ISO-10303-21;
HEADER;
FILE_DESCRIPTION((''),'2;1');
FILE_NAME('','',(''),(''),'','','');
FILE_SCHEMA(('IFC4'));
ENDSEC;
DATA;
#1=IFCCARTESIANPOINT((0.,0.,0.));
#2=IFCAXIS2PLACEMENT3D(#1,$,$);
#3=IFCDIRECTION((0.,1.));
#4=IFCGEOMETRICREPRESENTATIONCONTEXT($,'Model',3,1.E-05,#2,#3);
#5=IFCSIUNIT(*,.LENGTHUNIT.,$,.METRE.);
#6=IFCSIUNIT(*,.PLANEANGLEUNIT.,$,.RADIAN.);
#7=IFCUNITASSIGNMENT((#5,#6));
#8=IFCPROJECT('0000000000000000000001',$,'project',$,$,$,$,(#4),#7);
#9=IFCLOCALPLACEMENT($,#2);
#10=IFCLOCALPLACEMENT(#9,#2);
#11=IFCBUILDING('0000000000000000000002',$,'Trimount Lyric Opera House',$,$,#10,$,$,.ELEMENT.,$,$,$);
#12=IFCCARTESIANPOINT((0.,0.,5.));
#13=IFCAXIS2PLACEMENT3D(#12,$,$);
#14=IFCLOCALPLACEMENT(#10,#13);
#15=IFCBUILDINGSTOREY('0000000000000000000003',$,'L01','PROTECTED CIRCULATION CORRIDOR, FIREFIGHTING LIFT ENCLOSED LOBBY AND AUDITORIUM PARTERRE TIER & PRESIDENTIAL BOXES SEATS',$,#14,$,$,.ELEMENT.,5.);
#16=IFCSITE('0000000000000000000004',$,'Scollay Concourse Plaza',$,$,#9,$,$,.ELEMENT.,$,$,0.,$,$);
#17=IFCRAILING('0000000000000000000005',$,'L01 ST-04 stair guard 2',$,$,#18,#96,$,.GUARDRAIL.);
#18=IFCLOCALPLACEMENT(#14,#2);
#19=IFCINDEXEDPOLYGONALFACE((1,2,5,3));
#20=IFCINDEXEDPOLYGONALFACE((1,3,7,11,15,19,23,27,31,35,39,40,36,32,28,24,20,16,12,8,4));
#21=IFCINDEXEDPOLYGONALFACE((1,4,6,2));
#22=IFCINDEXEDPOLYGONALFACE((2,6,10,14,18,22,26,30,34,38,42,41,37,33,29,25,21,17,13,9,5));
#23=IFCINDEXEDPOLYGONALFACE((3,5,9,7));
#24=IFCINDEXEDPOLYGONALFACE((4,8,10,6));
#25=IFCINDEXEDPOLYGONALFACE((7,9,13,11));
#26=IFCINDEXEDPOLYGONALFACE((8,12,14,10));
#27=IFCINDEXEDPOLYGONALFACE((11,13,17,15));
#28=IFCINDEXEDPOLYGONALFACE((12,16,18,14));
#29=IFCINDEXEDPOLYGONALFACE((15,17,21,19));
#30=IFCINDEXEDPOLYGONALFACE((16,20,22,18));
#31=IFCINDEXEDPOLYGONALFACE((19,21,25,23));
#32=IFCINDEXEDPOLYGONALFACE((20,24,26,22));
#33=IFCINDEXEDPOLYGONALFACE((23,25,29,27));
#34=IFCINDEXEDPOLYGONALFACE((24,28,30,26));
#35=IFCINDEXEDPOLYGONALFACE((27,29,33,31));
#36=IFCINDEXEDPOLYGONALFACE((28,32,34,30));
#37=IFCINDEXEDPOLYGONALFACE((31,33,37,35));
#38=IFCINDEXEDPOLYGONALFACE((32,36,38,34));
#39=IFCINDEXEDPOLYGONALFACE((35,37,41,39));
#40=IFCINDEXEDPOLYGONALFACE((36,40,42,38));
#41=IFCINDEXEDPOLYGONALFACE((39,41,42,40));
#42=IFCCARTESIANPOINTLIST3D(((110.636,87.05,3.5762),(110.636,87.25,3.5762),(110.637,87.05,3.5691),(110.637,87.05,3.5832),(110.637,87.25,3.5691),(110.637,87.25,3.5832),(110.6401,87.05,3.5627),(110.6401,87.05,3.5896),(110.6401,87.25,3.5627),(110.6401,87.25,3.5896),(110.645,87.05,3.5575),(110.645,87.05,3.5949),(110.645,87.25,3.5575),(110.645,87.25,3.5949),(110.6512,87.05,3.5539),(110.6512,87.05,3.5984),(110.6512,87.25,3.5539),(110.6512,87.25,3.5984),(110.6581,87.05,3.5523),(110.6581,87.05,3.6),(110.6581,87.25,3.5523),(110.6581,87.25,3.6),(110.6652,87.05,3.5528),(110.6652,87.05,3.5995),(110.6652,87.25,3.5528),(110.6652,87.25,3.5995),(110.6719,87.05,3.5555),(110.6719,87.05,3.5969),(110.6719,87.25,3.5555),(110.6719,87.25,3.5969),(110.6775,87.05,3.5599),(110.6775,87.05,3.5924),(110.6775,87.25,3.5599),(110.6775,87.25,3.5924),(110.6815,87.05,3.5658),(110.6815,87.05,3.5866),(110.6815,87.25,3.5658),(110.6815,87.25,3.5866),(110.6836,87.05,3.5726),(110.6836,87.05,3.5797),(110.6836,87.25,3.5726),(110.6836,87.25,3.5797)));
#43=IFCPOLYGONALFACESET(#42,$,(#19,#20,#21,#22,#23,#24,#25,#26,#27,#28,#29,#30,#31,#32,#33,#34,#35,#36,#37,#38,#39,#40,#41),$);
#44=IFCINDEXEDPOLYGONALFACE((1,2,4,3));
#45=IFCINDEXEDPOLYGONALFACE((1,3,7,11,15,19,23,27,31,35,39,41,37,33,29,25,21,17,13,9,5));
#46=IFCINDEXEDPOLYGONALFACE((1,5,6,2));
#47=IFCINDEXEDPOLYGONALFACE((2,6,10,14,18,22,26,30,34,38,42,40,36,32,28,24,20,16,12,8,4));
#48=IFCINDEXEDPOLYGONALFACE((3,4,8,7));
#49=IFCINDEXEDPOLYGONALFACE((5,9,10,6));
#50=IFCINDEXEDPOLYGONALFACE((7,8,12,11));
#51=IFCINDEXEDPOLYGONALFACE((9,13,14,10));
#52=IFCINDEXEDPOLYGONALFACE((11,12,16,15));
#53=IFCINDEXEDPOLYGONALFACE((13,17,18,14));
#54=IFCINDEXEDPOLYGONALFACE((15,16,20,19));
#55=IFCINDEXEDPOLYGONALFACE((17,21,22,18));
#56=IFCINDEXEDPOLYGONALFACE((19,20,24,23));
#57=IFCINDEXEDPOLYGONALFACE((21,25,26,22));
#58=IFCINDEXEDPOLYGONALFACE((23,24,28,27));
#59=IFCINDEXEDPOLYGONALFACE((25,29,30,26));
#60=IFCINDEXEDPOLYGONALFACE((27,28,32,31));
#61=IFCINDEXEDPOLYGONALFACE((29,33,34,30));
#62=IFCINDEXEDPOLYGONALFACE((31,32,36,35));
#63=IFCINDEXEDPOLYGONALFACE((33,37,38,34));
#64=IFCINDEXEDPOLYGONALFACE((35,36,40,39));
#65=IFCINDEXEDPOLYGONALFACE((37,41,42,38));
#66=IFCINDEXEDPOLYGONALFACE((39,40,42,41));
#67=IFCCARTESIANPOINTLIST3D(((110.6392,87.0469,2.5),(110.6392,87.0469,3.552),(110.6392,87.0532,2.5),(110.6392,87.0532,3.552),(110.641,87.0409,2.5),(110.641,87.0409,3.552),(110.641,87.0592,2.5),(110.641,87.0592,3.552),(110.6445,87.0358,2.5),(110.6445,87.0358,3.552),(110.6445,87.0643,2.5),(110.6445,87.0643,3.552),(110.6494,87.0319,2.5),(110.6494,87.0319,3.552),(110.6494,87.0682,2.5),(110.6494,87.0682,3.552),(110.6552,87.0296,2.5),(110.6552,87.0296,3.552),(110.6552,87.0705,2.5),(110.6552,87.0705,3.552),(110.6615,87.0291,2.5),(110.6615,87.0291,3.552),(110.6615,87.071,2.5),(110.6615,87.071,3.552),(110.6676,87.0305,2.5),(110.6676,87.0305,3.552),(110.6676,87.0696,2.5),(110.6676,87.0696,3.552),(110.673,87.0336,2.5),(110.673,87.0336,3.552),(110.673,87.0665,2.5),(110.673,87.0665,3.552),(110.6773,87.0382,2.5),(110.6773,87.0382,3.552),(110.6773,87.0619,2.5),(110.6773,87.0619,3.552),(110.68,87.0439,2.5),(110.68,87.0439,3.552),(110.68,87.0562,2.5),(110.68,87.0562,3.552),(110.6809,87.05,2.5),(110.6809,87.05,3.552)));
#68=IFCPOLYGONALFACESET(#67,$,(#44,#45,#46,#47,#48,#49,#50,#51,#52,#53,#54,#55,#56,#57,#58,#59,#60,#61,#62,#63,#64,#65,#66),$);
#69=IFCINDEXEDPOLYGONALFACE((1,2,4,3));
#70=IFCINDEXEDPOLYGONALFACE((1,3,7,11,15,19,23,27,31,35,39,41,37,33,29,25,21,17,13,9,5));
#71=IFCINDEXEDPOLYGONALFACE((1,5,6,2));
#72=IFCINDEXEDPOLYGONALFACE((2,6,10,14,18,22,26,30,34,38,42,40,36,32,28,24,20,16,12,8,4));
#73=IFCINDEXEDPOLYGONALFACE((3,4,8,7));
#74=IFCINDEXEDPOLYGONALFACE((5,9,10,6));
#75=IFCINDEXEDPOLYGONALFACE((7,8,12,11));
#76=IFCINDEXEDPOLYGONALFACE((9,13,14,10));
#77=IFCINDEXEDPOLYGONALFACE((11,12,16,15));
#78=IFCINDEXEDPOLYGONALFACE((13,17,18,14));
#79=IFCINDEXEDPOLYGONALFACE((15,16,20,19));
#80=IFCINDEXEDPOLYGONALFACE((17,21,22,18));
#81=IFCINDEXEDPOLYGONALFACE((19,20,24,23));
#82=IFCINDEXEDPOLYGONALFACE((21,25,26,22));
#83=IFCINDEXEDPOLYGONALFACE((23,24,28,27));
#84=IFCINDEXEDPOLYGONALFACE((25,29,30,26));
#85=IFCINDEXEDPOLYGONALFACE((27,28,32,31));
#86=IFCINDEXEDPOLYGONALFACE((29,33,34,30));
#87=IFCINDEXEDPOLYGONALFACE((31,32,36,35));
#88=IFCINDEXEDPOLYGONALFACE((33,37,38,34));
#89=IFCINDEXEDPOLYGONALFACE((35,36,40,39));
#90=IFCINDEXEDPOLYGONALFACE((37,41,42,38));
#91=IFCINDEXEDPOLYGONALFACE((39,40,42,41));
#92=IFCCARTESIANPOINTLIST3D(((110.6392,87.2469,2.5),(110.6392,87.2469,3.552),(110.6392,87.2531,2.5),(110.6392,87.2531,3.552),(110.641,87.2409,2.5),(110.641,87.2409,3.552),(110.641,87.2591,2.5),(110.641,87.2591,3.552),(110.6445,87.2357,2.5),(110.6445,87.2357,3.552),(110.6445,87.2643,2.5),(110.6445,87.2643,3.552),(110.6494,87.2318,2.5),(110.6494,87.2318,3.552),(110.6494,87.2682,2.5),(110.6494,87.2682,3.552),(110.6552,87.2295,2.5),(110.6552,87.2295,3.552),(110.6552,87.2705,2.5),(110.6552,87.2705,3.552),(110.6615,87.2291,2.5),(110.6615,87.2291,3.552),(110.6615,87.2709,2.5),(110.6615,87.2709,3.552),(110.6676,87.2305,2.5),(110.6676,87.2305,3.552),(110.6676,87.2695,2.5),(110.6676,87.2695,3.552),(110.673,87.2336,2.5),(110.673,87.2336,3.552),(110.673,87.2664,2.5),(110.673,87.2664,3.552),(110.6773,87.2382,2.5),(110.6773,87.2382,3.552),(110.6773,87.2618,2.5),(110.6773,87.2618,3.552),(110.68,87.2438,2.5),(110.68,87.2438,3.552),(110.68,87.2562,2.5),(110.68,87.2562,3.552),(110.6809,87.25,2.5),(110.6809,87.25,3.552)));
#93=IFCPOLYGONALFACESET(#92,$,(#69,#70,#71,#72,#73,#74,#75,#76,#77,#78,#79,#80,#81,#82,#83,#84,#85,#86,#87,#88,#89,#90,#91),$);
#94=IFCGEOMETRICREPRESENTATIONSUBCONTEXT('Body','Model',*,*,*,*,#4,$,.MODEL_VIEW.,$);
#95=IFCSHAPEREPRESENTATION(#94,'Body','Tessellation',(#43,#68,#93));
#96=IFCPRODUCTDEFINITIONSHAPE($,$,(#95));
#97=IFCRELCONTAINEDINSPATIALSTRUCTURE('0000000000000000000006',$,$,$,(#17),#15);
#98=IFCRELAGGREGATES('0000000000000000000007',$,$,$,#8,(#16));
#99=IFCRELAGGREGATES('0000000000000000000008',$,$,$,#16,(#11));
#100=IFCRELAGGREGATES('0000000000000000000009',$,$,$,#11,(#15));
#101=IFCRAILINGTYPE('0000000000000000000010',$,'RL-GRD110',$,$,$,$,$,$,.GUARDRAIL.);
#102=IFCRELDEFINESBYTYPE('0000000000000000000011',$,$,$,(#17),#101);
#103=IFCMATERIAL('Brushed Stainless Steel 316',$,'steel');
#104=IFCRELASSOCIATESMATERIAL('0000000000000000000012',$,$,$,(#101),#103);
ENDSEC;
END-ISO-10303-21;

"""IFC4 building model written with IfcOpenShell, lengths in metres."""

from ifc_helpers import new_model, si_unit, direction, frame, origin, origin_2d, place, context, subcontext, project, spatial, circle, extrude, material, type_object, element, save


model = new_model("IFC4")

# Units and contexts
model_context = context("Model", 3, precision=1e-05, world=origin(), true_north=direction((0.0, 1.0)))
body_context = subcontext(model_context, "Body", "Model", "MODEL_VIEW")
ifc_project = project(units=[si_unit("LENGTHUNIT", "METRE"), si_unit("PLANEANGLEUNIT", "RADIAN")], contexts=[model_context])

# Site, building, storey
site_placement = place(None, origin())
site = spatial("IfcSite", under=ifc_project, at=site_placement, Name="Scollay Concourse Plaza", CompositionType="ELEMENT", RefElevation=0.0)
building_placement = place(site_placement, origin())
building = spatial("IfcBuilding", under=site, at=building_placement, Name="Trimount Lyric Opera House", CompositionType="ELEMENT")
storey_placement = place(building_placement, frame((0.0, 0.0, 5.0)))
storey = spatial("IfcBuildingStorey", under=building, at=storey_placement, Name="L01", Description="PROTECTED CIRCULATION CORRIDOR, FIREFIGHTING LIFT ENCLOSED LOBBY AND AUDITORIUM PARTERRE TIER & PRESIDENTIAL BOXES SEATS", CompositionType="ELEMENT", Elevation=5.0)

# Railing
ifc_material_1 = material(Name="Brushed Stainless Steel 316", Category="steel")
railing_type_1 = type_object("IfcRailingType", Name="RL-GRD110", PredefinedType="GUARDRAIL", material=ifc_material_1)
railing_1_placement = place(storey_placement, frame((110.6599, 87.05, 2.5)))
element("IfcRailing", 1, at=railing_1_placement, inside=storey, type_object=railing_type_1, Name="L01 ST-04 stair guard 2", PredefinedType="GUARDRAIL", context=body_context, shape_type="SweptSolid", body=[
    extrude(circle(Radius=0.0239, at=origin_2d()), frame((0.0, 0.0, 1.0762), z_axis=(0.0, 1.0, 0.0), x_axis=(-1.0, 0.0, 0.0)), (0.0, 0.0, 1.0), 0.2),
    extrude(circle(Radius=0.021, at=origin_2d()), origin(), (0.0, 0.0, 1.0), 1.052),
    extrude(circle(Radius=0.021, at=origin_2d()), frame((0.0, 0.2, 0.0)), (0.0, 0.0, 1.0), 1.052),
])

save(model, "model.ifc")
